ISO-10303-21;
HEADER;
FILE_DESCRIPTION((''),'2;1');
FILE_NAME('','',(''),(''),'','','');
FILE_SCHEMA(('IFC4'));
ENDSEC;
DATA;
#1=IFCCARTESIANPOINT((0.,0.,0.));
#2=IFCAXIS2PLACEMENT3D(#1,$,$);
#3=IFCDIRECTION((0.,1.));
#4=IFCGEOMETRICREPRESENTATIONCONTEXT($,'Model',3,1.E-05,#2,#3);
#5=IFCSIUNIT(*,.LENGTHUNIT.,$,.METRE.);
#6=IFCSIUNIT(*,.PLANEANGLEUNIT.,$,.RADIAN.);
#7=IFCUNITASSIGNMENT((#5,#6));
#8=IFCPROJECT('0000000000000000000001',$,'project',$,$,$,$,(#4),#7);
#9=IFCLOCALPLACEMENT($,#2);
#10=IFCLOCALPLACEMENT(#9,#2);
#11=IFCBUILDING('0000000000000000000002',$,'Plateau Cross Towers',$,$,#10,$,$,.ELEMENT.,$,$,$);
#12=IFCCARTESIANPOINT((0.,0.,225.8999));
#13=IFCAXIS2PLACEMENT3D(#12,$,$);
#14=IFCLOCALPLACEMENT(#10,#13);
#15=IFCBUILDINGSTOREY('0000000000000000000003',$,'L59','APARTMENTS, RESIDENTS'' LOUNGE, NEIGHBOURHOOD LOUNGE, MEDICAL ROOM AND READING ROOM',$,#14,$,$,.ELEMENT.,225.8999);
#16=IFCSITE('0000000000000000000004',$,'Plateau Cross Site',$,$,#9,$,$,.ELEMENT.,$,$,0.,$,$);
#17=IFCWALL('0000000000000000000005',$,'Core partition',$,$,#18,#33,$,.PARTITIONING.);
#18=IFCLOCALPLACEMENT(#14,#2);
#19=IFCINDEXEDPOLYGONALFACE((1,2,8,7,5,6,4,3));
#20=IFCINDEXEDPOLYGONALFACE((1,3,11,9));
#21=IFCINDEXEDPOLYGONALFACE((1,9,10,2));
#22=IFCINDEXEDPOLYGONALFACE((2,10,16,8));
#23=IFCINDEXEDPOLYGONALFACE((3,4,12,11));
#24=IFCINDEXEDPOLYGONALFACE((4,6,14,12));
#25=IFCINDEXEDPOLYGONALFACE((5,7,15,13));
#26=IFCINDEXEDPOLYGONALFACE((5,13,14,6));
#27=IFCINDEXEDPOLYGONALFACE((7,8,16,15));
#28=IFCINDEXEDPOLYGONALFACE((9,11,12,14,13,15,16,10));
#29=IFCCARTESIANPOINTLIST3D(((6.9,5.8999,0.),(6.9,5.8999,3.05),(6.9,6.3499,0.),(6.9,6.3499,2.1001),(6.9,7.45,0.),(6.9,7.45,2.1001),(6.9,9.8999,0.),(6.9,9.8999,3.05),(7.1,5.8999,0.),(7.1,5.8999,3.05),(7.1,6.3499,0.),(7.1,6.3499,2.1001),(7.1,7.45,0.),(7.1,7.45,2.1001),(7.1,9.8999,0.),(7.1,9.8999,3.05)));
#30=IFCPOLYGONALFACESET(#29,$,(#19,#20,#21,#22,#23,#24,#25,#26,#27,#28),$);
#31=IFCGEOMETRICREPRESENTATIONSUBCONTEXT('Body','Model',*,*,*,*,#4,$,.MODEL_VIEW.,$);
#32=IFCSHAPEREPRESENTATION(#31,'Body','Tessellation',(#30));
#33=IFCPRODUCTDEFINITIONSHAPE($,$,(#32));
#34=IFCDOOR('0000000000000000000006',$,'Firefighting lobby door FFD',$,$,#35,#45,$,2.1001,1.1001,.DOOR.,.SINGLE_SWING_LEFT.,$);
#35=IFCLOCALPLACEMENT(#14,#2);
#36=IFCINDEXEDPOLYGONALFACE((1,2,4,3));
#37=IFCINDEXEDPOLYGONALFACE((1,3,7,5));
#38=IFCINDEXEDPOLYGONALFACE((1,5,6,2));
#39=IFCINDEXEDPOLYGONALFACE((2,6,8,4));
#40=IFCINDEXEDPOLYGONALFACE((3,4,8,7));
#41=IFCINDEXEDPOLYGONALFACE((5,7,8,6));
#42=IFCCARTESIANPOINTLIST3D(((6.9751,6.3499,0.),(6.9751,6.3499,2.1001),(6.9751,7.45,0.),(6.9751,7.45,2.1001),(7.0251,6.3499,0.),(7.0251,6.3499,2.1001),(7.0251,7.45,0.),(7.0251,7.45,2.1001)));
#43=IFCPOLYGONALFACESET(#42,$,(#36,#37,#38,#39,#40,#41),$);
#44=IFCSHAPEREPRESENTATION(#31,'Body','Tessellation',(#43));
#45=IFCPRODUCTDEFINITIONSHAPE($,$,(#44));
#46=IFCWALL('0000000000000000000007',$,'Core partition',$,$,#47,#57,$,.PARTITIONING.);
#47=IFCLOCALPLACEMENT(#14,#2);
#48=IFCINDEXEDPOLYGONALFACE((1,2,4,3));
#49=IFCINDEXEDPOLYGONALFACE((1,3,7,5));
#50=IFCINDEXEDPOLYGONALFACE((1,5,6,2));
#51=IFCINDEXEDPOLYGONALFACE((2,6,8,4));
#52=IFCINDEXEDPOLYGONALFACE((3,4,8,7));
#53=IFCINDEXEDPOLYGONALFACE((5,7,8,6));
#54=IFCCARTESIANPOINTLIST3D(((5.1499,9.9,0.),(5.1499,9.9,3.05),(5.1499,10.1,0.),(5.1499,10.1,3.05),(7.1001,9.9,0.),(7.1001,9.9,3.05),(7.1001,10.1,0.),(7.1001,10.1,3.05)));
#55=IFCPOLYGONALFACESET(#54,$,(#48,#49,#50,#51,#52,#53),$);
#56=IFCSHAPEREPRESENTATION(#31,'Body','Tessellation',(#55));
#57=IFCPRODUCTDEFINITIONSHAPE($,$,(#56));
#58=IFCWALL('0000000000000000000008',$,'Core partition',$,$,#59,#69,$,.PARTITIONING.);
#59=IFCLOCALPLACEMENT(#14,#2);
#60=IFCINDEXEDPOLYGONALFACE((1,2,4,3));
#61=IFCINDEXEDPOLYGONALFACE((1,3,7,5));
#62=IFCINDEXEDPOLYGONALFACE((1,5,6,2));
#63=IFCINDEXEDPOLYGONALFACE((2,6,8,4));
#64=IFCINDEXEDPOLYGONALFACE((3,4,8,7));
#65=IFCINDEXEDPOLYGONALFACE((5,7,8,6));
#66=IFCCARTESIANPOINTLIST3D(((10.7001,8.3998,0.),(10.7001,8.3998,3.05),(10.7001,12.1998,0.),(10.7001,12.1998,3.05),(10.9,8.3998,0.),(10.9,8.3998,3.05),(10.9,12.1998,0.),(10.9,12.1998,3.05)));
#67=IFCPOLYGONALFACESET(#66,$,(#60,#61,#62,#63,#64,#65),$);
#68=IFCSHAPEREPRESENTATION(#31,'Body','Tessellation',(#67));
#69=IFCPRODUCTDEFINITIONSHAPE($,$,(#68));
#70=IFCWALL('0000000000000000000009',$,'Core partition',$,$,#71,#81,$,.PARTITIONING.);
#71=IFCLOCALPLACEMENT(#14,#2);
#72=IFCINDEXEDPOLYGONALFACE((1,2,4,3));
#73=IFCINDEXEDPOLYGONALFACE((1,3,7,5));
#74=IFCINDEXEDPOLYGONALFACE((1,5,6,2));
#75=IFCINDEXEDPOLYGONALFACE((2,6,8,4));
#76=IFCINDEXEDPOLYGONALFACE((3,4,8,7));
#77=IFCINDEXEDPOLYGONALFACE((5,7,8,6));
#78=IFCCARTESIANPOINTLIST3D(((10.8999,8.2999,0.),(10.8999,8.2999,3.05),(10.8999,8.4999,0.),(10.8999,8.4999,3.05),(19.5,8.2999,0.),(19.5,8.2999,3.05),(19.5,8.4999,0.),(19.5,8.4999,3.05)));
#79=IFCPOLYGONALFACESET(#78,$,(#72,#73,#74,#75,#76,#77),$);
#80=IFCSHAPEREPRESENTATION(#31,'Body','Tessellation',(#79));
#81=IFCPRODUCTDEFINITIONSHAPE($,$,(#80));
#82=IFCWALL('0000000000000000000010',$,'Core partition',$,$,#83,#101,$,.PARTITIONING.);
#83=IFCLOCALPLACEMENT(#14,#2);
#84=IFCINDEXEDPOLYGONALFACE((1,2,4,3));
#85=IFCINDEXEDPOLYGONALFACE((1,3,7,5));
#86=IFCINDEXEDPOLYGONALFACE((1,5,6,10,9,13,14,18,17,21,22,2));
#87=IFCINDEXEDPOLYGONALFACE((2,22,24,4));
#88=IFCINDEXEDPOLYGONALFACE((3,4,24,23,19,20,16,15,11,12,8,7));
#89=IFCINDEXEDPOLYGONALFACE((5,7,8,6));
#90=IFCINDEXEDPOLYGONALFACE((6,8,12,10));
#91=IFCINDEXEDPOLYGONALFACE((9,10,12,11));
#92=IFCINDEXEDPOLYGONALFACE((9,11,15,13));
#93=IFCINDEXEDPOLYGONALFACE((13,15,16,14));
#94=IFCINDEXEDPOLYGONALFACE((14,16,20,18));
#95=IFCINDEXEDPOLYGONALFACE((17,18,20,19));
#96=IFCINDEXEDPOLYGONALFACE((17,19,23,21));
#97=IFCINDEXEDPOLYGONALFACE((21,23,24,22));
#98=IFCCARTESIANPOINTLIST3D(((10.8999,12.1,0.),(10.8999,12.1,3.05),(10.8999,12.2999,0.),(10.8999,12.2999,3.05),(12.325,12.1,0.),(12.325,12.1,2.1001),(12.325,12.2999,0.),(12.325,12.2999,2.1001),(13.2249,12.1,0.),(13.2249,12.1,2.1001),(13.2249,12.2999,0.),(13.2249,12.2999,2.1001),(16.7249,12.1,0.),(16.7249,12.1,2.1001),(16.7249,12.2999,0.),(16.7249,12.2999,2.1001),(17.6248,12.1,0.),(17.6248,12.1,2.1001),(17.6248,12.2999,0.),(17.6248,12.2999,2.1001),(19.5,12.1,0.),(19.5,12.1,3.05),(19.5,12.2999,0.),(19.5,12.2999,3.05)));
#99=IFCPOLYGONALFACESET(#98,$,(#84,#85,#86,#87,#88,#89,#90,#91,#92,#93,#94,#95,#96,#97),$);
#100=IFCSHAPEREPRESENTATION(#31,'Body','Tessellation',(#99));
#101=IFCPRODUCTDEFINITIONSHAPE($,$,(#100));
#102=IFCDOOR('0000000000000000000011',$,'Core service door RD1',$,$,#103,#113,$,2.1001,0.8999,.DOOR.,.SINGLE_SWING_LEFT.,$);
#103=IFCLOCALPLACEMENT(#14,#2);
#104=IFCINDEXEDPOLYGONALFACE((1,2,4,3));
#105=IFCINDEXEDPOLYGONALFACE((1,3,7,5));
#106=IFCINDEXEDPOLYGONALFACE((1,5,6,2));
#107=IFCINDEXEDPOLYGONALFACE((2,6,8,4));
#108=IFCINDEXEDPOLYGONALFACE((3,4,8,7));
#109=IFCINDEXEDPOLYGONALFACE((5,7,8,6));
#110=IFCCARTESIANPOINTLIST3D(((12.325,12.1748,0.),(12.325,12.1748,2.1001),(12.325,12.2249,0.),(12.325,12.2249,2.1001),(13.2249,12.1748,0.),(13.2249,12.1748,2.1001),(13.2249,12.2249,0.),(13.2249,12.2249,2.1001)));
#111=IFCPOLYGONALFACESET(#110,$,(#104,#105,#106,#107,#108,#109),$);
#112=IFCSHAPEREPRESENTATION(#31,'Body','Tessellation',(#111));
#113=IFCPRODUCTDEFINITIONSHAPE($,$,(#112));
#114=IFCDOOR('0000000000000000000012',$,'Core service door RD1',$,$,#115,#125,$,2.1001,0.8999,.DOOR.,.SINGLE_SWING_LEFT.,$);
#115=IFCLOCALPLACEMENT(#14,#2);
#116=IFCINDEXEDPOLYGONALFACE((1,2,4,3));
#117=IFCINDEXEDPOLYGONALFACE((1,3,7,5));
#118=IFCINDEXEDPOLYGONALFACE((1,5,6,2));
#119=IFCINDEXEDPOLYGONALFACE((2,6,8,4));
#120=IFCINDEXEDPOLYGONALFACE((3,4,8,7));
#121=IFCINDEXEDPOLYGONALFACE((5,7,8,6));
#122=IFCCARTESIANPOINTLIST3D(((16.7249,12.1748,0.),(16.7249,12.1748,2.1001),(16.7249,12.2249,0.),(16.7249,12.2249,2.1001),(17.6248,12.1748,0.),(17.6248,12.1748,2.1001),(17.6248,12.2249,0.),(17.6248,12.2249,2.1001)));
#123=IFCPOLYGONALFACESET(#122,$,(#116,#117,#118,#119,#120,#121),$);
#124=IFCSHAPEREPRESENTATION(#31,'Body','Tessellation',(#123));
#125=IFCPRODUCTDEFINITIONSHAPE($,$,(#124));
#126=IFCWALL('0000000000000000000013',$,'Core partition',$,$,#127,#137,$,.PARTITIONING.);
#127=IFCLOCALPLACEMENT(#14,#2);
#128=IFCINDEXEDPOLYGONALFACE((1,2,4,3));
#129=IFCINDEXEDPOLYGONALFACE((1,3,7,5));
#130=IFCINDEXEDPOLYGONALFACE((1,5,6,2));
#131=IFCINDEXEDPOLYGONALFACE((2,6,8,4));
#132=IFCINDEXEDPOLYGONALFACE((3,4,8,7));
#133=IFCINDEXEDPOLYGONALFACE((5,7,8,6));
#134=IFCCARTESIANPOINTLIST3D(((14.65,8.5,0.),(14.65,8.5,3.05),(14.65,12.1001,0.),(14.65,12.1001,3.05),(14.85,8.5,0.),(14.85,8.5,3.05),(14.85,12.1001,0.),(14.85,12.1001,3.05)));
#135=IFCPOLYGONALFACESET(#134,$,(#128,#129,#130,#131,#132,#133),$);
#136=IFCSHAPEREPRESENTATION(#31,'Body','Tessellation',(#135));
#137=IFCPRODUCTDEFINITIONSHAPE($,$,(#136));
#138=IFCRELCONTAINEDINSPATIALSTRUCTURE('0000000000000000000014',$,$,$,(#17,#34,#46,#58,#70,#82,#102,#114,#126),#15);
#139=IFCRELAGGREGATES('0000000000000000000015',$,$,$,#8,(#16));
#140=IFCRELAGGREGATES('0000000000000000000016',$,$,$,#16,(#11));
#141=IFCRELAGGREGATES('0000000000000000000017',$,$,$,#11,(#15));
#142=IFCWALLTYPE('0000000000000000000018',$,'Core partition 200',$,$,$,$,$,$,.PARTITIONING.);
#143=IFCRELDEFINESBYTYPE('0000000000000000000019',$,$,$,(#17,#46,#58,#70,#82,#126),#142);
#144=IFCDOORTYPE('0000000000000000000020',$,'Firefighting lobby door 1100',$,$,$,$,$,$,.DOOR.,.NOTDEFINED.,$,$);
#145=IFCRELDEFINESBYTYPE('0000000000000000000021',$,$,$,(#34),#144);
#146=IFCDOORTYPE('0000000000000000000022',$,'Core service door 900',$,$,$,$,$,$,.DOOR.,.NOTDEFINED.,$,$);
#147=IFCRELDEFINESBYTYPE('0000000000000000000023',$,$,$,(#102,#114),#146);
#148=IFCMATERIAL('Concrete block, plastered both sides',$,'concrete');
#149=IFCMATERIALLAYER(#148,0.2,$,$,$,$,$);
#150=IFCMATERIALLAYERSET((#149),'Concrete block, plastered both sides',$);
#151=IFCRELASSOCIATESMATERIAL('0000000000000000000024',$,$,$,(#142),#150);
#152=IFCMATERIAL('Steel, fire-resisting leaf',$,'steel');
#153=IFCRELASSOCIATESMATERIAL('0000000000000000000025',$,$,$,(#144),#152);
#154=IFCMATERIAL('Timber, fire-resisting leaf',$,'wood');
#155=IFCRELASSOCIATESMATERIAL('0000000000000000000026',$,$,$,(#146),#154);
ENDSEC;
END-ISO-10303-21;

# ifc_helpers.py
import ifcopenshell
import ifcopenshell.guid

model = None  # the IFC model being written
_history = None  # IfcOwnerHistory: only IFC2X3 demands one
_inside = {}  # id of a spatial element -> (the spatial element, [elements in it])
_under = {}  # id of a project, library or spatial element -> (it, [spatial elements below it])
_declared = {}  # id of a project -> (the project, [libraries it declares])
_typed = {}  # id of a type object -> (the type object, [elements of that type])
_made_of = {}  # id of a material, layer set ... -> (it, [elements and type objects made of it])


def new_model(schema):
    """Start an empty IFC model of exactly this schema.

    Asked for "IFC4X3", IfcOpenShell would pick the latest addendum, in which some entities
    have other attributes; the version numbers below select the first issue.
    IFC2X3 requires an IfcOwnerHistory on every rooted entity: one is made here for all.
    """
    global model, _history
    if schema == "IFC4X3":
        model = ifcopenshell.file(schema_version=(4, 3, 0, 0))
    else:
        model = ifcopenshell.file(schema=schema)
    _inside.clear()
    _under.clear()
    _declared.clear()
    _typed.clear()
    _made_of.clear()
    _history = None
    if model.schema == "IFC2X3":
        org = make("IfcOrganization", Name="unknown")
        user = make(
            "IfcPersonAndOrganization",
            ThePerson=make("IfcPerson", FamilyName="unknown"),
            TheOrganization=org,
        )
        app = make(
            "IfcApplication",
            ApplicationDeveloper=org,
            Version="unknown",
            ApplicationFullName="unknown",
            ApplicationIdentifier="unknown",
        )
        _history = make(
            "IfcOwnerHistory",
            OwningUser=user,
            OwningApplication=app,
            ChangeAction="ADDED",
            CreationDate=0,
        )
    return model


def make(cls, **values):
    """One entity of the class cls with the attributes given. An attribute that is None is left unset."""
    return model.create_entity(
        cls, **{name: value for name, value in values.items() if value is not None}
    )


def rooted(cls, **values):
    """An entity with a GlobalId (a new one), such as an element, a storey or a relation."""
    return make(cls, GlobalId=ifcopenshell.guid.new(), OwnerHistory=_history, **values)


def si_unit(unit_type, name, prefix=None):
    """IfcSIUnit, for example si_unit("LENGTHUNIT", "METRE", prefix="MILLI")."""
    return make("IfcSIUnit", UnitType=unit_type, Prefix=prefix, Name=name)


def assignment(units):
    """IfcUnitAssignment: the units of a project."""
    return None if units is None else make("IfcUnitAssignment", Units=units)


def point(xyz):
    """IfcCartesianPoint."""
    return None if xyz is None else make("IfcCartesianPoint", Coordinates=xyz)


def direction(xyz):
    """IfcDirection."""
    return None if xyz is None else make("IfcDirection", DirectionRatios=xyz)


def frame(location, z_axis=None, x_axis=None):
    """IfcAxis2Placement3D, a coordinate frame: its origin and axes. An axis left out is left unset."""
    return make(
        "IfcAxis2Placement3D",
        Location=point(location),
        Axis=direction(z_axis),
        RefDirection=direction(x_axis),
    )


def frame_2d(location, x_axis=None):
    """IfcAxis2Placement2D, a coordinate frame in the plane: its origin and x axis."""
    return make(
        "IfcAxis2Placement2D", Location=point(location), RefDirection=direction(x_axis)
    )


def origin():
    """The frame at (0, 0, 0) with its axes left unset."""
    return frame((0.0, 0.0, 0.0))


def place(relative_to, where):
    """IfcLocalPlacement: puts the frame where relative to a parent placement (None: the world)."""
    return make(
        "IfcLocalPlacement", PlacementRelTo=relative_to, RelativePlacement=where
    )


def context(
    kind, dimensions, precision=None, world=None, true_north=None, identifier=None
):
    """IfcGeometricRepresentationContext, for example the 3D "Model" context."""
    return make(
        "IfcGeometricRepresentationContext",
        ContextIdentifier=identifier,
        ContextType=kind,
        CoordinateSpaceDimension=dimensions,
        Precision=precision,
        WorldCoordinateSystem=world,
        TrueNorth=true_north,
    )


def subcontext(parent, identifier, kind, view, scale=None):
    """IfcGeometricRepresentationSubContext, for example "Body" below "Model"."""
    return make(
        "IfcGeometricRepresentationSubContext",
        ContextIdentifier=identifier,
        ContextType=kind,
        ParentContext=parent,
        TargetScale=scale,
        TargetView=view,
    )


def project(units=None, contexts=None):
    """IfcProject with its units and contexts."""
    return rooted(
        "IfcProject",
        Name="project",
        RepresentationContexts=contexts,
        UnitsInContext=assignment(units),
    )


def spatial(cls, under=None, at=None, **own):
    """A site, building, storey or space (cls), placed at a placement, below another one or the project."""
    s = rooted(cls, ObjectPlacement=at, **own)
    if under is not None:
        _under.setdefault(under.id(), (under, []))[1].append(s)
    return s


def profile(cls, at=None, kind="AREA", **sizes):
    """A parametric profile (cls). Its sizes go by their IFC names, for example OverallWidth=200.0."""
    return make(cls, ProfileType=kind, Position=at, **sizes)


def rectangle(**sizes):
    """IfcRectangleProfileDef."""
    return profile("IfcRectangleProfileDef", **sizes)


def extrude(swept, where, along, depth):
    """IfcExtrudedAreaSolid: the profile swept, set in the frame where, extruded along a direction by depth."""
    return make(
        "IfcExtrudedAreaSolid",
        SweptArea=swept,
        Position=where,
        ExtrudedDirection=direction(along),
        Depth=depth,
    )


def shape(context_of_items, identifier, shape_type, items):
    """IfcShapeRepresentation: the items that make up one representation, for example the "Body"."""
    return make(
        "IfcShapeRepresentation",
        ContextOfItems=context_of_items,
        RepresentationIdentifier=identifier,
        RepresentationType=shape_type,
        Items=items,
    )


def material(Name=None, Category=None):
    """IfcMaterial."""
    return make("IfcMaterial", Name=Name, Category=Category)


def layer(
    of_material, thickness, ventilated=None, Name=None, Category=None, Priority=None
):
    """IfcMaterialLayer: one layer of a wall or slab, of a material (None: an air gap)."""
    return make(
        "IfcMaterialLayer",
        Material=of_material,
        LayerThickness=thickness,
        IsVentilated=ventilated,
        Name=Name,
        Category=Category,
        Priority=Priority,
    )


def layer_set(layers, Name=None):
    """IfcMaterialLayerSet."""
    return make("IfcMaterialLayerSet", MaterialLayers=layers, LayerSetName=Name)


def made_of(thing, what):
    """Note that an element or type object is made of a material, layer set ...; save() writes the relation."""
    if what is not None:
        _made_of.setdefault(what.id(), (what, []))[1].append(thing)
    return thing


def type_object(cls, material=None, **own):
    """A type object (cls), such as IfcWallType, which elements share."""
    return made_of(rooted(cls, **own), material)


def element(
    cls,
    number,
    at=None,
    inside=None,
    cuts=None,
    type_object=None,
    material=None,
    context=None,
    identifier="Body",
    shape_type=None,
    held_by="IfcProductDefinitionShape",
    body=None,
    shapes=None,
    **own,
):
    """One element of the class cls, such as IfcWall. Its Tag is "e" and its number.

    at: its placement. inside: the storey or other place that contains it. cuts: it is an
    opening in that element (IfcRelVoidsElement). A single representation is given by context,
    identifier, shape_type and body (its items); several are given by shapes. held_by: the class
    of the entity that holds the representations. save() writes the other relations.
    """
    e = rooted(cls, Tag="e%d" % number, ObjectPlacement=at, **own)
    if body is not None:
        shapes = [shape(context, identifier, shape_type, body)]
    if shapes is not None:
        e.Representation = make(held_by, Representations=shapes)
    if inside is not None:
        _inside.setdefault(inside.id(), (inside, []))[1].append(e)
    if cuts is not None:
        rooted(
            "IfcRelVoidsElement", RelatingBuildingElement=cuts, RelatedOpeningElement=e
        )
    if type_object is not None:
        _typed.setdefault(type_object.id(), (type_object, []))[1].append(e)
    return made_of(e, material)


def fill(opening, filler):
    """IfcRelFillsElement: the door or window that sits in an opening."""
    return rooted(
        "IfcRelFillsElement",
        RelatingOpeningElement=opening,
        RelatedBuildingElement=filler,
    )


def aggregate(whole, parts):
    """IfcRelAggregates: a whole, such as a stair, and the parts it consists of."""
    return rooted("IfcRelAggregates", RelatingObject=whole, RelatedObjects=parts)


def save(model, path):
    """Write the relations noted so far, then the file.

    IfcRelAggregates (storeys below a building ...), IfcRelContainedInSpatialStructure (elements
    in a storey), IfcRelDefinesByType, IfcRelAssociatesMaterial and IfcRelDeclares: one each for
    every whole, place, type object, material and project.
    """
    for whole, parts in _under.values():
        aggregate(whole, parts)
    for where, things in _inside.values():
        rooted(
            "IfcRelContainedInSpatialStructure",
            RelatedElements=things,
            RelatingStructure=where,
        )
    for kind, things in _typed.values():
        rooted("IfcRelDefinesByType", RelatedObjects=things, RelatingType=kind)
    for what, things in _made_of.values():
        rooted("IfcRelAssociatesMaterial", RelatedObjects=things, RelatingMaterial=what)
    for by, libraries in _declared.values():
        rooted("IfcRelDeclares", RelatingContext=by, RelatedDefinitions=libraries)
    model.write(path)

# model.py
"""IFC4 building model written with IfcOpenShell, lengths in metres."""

from ifc_helpers import new_model, si_unit, direction, frame, frame_2d, origin, place, context, subcontext, project, spatial, rectangle, extrude, material, layer, layer_set, type_object, element, fill, save


model = new_model("IFC4")

# Units and contexts
model_context = context("Model", 3, precision=1e-05, world=origin(), true_north=direction((0.0, 1.0)))
body_context = subcontext(model_context, "Body", "Model", "MODEL_VIEW")
ifc_project = project(units=[si_unit("LENGTHUNIT", "METRE"), si_unit("PLANEANGLEUNIT", "RADIAN")], contexts=[model_context])

# Site, building, storey
site_placement = place(None, origin())
site = spatial("IfcSite", under=ifc_project, at=site_placement, Name="Plateau Cross Site", CompositionType="ELEMENT", RefElevation=0.0)
building_placement = place(site_placement, origin())
building = spatial("IfcBuilding", under=site, at=building_placement, Name="Plateau Cross Towers", CompositionType="ELEMENT")
storey_placement = place(building_placement, frame((0.0, 0.0, 225.8999)))
storey = spatial("IfcBuildingStorey", under=building, at=storey_placement, Name="L59", Description="APARTMENTS, RESIDENTS' LOUNGE, NEIGHBOURHOOD LOUNGE, MEDICAL ROOM AND READING ROOM", CompositionType="ELEMENT", Elevation=225.8999)

# Wall, opening, door
ifc_material_1 = material(Name="Concrete block, plastered both sides", Category="concrete")
ifc_layer_1 = layer(ifc_material_1, 0.2)
ifc_layer_set_1 = layer_set([ifc_layer_1], Name="Concrete block, plastered both sides")
wall_type_1 = type_object("IfcWallType", Name="Core partition 200", PredefinedType="PARTITIONING", material=ifc_layer_set_1)
wall_1_placement = place(storey_placement, frame((7.0, 5.8999, 0.0), z_axis=(0.0, 0.0, 1.0), x_axis=(0.0, 1.0, 0.0)))
wall_1 = element("IfcWall", 1, at=wall_1_placement, inside=storey, type_object=wall_type_1, Name="Core partition", PredefinedType="PARTITIONING", context=body_context, shape_type="SweptSolid", body=[
    extrude(rectangle(XDim=4.0, YDim=0.2, at=frame_2d((2.0, 0.0))), origin(), (0.0, 0.0, 1.0), 3.05),
])
opening_1_placement = place(wall_1_placement, frame((0.45, 0.0, 0.0)))
opening_1 = element("IfcOpeningElement", 2, at=opening_1_placement, cuts=wall_1, PredefinedType="OPENING", context=body_context, shape_type="SweptSolid", body=[
    extrude(rectangle(XDim=1.1001, YDim=2.1001, at=frame_2d((0.55, 1.05))), frame((0.0, 0.1099, 0.0), z_axis=(0.0, -1.0, 0.0), x_axis=(1.0, 0.0, 0.0)), (0.0, 0.0, 1.0), 0.22),
])
ifc_material_2 = material(Name="Steel, fire-resisting leaf", Category="steel")
door_type_1 = type_object("IfcDoorType", Name="Firefighting lobby door 1100", OperationType="NOTDEFINED", PredefinedType="DOOR", material=ifc_material_2)
door_1_placement = place(opening_1_placement, origin())
door_1 = element("IfcDoor", 3, at=door_1_placement, inside=storey, type_object=door_type_1, Name="Firefighting lobby door FFD", OperationType="SINGLE_SWING_LEFT", OverallHeight=2.1001, OverallWidth=1.1001, PredefinedType="DOOR", context=body_context, shape_type="SweptSolid", body=[
    extrude(rectangle(XDim=1.1001, YDim=2.1001, at=frame_2d((0.55, 1.05))), frame((0.0, 0.0249, 0.0), z_axis=(0.0, -1.0, 0.0), x_axis=(1.0, 0.0, 0.0)), (0.0, 0.0, 1.0), 0.05),
])
fill(opening_1, door_1)

# Walls
wall_2_placement = place(storey_placement, frame((5.1499, 10.0, 0.0), z_axis=(0.0, 0.0, 1.0), x_axis=(1.0, 0.0, 0.0)))
element("IfcWall", 4, at=wall_2_placement, inside=storey, type_object=wall_type_1, Name="Core partition", PredefinedType="PARTITIONING", context=body_context, shape_type="SweptSolid", body=[
    extrude(rectangle(XDim=1.9502, YDim=0.2, at=frame_2d((0.9751, 0.0))), origin(), (0.0, 0.0, 1.0), 3.05),
])
wall_3_placement = place(storey_placement, frame((10.8, 8.3999, 0.0), z_axis=(0.0, 0.0, 1.0), x_axis=(0.0, 1.0, 0.0)))
element("IfcWall", 5, at=wall_3_placement, inside=storey, type_object=wall_type_1, Name="Core partition", PredefinedType="PARTITIONING", context=body_context, shape_type="SweptSolid", body=[
    extrude(rectangle(XDim=3.8, YDim=0.2, at=frame_2d((1.8999, 0.0))), origin(), (0.0, 0.0, 1.0), 3.05),
])
wall_4_placement = place(storey_placement, frame((10.8999, 8.3999, 0.0), z_axis=(0.0, 0.0, 1.0), x_axis=(1.0, 0.0, 0.0)))
element("IfcWall", 6, at=wall_4_placement, inside=storey, type_object=wall_type_1, Name="Core partition", PredefinedType="PARTITIONING", context=body_context, shape_type="SweptSolid", body=[
    extrude(rectangle(XDim=8.6001, YDim=0.2, at=frame_2d((4.3, 0.0))), origin(), (0.0, 0.0, 1.0), 3.05),
])

# Wall, openings, doors
wall_5_placement = place(storey_placement, frame((10.8999, 12.2, 0.0), z_axis=(0.0, 0.0, 1.0), x_axis=(1.0, 0.0, 0.0)))
wall_5 = element("IfcWall", 7, at=wall_5_placement, inside=storey, type_object=wall_type_1, Name="Core partition", PredefinedType="PARTITIONING", context=body_context, shape_type="SweptSolid", body=[
    extrude(rectangle(XDim=8.6001, YDim=0.2, at=frame_2d((4.3, 0.0))), origin(), (0.0, 0.0, 1.0), 3.05),
])
opening_2_placement = place(wall_5_placement, frame((1.425, 0.0, 0.0)))
opening_2 = element("IfcOpeningElement", 8, at=opening_2_placement, cuts=wall_5, PredefinedType="OPENING", context=body_context, shape_type="SweptSolid", body=[
    extrude(rectangle(XDim=0.8999, YDim=2.1001, at=frame_2d((0.45, 1.05))), frame((0.0, 0.1099, 0.0), z_axis=(0.0, -1.0, 0.0), x_axis=(1.0, 0.0, 0.0)), (0.0, 0.0, 1.0), 0.22),
])
opening_3_placement = place(wall_5_placement, frame((5.825, 0.0, 0.0)))
opening_3 = element("IfcOpeningElement", 9, at=opening_3_placement, cuts=wall_5, PredefinedType="OPENING", context=body_context, shape_type="SweptSolid", body=[
    extrude(rectangle(XDim=0.8999, YDim=2.1001, at=frame_2d((0.45, 1.05))), frame((0.0, 0.1099, 0.0), z_axis=(0.0, -1.0, 0.0), x_axis=(1.0, 0.0, 0.0)), (0.0, 0.0, 1.0), 0.22),
])
ifc_material_3 = material(Name="Timber, fire-resisting leaf", Category="wood")
door_type_2 = type_object("IfcDoorType", Name="Core service door 900", OperationType="NOTDEFINED", PredefinedType="DOOR", material=ifc_material_3)
door_2_placement = place(opening_2_placement, origin())
door_2 = element("IfcDoor", 10, at=door_2_placement, inside=storey, type_object=door_type_2, Name="Core service door RD1", OperationType="SINGLE_SWING_LEFT", OverallHeight=2.1001, OverallWidth=0.8999, PredefinedType="DOOR", context=body_context, shape_type="SweptSolid", body=[
    extrude(rectangle(XDim=0.8999, YDim=2.1001, at=frame_2d((0.45, 1.05))), frame((0.0, 0.0249, 0.0), z_axis=(0.0, -1.0, 0.0), x_axis=(1.0, 0.0, 0.0)), (0.0, 0.0, 1.0), 0.05),
])
fill(opening_2, door_2)
door_3_placement = place(opening_3_placement, origin())
door_3 = element("IfcDoor", 11, at=door_3_placement, inside=storey, type_object=door_type_2, Name="Core service door RD1", OperationType="SINGLE_SWING_LEFT", OverallHeight=2.1001, OverallWidth=0.8999, PredefinedType="DOOR", context=body_context, shape_type="SweptSolid", body=[
    extrude(rectangle(XDim=0.8999, YDim=2.1001, at=frame_2d((0.45, 1.05))), frame((0.0, 0.0249, 0.0), z_axis=(0.0, -1.0, 0.0), x_axis=(1.0, 0.0, 0.0)), (0.0, 0.0, 1.0), 0.05),
])
fill(opening_3, door_3)

# Wall
wall_6_placement = place(storey_placement, frame((14.75, 8.5, 0.0), z_axis=(0.0, 0.0, 1.0), x_axis=(0.0, 1.0, 0.0)))
element("IfcWall", 12, at=wall_6_placement, inside=storey, type_object=wall_type_1, Name="Core partition", PredefinedType="PARTITIONING", context=body_context, shape_type="SweptSolid", body=[
    extrude(rectangle(XDim=3.6001, YDim=0.2, at=frame_2d((1.8, 0.0))), origin(), (0.0, 0.0, 1.0), 3.05),
])

save(model, "model.ifc")
